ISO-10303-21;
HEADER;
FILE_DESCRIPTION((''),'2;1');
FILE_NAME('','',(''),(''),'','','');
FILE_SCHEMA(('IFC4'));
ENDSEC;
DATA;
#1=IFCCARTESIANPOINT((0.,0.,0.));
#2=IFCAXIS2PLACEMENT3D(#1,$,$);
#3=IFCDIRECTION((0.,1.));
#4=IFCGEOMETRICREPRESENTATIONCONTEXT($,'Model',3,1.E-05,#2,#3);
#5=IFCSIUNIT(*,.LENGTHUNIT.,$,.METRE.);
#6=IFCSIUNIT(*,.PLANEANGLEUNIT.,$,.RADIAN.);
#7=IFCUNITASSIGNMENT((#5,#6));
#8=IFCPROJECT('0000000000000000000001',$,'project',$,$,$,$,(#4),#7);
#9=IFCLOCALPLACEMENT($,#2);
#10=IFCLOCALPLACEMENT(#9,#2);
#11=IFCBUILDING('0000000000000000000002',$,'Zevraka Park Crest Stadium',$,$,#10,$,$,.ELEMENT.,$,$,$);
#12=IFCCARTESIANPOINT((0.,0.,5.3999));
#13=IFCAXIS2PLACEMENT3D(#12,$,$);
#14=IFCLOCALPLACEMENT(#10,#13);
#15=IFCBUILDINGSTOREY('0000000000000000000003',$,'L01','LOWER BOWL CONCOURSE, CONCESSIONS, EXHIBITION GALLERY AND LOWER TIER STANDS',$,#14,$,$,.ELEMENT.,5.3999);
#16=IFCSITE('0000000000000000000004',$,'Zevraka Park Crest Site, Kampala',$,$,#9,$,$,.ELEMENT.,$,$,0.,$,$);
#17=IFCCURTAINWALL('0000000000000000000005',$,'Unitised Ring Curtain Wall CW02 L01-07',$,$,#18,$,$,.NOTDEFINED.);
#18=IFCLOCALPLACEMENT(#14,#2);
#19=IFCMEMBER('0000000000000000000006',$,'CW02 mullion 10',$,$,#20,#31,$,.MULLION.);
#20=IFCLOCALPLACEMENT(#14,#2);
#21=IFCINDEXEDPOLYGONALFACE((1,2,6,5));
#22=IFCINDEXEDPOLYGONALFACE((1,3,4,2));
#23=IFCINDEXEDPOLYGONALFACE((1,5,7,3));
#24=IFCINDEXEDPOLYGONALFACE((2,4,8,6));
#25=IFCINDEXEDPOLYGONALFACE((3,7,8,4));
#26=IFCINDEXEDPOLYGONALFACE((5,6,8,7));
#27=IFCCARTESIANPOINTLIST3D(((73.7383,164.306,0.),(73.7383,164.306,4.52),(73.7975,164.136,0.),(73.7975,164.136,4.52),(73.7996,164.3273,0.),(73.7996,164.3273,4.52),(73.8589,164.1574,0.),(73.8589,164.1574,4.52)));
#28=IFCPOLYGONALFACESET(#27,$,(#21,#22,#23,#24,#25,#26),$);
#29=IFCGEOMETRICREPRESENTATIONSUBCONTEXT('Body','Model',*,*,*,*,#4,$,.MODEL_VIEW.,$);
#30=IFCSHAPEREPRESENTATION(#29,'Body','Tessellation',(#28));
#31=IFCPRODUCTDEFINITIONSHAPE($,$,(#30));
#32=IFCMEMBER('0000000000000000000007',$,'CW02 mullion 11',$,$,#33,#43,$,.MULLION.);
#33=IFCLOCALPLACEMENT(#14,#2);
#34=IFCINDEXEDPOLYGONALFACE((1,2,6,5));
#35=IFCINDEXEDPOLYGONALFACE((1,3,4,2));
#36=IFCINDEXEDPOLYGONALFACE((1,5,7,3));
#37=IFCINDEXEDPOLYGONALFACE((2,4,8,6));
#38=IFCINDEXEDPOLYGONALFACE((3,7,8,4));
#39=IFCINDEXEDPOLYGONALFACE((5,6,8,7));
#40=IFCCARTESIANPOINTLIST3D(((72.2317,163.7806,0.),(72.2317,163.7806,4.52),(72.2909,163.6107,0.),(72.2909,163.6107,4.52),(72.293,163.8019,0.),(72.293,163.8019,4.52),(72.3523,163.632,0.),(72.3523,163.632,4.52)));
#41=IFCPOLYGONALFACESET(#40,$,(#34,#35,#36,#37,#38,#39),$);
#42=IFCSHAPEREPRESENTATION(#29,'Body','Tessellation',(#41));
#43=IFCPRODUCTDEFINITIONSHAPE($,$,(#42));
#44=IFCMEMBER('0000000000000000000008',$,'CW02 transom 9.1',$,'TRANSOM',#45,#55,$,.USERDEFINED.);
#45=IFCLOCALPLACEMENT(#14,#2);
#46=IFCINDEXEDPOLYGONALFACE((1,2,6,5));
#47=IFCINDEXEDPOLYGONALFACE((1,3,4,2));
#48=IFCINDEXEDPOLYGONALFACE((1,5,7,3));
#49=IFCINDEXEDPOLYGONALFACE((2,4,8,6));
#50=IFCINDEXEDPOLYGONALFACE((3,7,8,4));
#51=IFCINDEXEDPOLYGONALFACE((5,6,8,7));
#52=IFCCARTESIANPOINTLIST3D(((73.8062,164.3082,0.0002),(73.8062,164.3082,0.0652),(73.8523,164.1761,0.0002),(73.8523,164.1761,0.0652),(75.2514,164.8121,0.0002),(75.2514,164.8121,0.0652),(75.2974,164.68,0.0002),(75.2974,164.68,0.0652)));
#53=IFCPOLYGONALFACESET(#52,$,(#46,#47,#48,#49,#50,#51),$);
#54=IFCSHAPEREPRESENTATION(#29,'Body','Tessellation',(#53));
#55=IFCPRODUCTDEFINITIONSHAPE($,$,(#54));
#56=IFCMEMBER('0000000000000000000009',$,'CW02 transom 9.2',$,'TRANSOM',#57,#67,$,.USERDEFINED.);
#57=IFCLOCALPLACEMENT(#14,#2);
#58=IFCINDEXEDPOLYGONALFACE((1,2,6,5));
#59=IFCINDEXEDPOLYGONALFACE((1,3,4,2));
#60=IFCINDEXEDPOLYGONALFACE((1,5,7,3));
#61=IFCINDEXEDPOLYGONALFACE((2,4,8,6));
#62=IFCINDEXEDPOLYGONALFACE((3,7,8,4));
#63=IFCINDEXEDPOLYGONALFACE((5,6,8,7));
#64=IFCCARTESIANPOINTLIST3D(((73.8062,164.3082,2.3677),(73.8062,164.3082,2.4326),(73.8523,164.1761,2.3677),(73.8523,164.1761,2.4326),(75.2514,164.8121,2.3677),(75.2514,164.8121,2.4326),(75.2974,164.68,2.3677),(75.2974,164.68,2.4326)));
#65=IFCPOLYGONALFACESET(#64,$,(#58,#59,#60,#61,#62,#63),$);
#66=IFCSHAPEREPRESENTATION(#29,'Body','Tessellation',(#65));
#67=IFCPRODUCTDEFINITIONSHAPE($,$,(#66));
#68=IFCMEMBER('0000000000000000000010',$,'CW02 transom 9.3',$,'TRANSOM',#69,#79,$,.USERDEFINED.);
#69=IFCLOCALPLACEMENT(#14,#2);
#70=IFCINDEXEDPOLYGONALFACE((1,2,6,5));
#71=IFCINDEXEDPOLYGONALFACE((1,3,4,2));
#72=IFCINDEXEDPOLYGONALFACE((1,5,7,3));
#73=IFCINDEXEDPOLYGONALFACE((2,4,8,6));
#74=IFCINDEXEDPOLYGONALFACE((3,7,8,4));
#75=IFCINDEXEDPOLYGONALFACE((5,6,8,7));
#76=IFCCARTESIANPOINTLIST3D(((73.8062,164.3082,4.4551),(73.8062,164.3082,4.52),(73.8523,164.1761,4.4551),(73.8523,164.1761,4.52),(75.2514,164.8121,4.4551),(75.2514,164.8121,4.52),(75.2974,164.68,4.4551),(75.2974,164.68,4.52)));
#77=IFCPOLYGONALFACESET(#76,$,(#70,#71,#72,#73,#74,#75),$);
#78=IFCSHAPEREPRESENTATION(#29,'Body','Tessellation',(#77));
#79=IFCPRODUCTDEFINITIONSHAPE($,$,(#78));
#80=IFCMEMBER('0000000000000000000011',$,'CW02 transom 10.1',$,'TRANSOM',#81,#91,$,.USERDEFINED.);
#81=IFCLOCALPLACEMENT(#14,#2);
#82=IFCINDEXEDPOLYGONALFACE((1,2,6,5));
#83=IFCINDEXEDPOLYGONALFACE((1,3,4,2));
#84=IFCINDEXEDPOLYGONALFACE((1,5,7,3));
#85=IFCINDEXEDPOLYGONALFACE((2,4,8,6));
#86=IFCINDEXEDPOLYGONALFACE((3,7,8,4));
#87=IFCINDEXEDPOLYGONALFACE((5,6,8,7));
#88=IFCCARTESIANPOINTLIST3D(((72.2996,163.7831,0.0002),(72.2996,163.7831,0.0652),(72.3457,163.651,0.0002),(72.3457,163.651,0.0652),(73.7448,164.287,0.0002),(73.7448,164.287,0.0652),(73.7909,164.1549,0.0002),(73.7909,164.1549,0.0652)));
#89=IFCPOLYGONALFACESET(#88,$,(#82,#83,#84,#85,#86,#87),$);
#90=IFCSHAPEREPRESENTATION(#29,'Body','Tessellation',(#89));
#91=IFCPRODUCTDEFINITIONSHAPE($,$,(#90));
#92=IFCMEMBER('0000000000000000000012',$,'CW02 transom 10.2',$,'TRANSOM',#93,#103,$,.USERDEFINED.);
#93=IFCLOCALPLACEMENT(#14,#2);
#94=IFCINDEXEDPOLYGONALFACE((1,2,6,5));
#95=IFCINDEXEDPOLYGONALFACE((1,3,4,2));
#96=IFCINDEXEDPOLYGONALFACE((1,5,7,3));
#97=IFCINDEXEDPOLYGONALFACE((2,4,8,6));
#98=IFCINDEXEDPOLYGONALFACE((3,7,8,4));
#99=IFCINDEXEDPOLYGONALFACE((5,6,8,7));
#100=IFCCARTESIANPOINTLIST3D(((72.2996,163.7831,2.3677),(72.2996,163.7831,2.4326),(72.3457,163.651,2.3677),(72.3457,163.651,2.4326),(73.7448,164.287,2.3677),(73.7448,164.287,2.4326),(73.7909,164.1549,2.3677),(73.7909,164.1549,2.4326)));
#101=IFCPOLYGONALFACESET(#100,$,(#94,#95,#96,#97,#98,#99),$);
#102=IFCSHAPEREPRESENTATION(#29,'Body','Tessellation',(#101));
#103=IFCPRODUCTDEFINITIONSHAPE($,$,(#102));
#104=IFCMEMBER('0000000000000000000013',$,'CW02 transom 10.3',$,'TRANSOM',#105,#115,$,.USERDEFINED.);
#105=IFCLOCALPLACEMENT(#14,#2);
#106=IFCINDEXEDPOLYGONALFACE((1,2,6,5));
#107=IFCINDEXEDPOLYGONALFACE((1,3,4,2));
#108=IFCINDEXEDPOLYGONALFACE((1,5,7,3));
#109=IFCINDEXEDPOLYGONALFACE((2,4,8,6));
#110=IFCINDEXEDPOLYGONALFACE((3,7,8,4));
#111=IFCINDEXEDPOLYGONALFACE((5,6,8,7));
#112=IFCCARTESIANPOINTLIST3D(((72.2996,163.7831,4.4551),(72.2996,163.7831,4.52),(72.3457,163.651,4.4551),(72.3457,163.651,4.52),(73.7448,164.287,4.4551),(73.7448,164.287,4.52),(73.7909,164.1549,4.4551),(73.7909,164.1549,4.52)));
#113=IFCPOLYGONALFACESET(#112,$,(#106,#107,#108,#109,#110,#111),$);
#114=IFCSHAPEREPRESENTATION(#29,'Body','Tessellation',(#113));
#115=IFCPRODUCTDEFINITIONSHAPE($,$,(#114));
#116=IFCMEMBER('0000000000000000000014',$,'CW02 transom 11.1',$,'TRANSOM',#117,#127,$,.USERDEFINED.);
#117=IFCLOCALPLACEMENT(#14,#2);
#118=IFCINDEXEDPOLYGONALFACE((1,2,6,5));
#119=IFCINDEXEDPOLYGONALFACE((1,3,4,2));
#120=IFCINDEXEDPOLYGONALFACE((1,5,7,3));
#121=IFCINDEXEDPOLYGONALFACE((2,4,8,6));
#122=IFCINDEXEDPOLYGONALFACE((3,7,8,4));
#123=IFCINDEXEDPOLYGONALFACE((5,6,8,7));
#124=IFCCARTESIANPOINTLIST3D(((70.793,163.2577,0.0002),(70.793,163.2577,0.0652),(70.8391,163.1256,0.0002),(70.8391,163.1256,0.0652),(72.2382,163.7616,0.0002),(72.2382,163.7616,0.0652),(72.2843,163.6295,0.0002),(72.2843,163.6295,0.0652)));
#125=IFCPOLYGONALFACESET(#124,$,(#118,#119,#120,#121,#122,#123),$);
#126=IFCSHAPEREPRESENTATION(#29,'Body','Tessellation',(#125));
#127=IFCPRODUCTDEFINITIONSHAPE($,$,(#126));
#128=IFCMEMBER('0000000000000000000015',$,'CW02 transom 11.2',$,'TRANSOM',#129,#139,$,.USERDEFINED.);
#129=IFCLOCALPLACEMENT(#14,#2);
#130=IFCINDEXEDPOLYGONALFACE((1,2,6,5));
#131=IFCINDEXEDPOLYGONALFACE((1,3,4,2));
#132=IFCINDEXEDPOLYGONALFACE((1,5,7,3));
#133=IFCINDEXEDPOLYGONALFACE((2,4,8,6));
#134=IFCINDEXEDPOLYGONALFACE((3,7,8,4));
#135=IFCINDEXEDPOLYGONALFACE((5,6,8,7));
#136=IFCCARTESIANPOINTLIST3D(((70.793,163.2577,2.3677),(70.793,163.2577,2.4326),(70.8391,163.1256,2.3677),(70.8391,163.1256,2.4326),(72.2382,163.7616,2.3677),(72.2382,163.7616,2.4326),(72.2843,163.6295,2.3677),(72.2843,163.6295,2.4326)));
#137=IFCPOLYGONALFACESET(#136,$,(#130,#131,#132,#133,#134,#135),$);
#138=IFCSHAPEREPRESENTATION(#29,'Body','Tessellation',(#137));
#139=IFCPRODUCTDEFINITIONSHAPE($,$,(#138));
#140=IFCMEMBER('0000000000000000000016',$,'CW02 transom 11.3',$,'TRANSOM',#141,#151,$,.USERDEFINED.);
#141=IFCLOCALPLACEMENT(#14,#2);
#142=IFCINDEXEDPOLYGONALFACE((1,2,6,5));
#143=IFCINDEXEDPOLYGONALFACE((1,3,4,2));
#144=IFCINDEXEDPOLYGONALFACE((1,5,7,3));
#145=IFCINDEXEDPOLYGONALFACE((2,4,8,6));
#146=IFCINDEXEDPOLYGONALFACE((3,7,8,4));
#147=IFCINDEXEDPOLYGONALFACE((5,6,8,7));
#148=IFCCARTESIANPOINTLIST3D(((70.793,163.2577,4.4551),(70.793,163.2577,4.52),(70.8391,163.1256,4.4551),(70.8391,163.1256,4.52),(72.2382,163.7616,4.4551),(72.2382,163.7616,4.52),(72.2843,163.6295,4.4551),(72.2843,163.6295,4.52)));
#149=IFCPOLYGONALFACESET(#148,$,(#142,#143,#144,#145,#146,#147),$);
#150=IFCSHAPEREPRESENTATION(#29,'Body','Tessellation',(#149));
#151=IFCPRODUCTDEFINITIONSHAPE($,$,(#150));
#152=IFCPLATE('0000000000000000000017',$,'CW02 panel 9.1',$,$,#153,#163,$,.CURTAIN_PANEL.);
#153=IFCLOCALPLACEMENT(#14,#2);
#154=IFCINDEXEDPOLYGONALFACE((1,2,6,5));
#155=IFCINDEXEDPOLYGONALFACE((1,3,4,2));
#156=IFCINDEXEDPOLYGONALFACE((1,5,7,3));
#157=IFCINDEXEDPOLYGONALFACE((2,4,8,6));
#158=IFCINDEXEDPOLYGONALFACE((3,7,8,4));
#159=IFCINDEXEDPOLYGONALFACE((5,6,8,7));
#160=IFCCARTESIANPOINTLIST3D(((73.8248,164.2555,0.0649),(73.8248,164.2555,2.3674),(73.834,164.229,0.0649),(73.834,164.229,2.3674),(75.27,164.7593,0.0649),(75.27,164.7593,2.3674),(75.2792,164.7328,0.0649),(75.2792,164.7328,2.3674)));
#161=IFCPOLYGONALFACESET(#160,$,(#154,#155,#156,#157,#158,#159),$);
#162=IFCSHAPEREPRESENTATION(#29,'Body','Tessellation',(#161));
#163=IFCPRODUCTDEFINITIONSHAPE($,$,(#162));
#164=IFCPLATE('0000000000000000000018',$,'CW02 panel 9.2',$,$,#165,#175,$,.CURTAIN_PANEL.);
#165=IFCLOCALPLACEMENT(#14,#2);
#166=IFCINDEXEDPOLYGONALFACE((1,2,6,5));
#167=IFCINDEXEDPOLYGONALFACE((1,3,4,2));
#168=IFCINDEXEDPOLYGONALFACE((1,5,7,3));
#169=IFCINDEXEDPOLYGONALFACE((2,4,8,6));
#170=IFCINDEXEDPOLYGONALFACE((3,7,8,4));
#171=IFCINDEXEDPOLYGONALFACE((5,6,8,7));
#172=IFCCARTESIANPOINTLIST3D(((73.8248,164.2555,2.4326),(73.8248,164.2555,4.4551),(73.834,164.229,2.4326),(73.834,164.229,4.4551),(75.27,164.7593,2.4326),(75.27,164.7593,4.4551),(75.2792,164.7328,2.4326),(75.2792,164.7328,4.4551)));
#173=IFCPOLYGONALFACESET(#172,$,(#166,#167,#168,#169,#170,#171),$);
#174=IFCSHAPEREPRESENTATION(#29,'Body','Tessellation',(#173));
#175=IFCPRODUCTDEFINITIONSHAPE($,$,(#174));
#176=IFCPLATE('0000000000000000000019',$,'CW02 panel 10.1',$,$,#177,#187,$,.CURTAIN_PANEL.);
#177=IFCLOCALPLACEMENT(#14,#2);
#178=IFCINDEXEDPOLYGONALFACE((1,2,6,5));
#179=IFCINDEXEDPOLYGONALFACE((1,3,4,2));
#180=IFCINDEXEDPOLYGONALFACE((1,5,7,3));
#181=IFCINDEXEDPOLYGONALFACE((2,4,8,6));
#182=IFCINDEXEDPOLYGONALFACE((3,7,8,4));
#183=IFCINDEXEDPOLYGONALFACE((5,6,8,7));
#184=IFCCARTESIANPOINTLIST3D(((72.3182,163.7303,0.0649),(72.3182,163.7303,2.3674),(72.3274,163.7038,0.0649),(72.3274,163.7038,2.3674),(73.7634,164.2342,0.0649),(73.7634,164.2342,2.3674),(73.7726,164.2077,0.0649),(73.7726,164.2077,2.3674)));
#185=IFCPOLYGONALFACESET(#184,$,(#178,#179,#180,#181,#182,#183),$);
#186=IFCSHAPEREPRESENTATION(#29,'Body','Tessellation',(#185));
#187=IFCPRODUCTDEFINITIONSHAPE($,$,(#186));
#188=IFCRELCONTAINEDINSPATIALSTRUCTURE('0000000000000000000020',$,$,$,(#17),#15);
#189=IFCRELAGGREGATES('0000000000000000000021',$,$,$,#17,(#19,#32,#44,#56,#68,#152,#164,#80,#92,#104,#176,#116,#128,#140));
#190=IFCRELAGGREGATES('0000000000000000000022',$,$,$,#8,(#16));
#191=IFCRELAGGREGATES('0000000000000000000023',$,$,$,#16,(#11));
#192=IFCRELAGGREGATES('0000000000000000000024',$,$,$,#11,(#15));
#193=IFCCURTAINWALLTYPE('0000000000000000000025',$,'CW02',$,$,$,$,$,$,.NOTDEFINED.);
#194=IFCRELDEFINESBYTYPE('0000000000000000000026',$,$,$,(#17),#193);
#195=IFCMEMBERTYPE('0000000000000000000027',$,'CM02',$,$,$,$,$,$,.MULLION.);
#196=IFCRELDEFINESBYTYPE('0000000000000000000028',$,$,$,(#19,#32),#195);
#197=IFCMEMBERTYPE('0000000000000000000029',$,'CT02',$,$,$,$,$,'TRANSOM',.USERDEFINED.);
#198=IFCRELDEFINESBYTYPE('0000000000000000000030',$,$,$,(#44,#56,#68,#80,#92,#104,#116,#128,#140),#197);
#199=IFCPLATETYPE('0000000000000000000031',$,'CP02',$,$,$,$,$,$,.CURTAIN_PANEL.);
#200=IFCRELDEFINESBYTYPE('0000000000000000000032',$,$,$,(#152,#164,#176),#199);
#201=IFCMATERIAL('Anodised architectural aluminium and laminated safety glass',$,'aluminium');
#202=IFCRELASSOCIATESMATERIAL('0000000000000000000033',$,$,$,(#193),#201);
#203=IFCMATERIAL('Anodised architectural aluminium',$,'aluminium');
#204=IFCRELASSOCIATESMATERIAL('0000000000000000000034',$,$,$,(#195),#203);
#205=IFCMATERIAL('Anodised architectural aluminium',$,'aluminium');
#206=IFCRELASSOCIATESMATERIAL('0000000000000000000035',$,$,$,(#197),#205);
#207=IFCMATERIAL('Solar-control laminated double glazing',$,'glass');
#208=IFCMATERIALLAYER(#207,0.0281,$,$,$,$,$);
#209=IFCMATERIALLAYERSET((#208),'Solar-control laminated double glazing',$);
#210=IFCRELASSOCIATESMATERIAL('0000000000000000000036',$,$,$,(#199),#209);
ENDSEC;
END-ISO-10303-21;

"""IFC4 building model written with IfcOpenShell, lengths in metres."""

from ifc_helpers import new_model, si_unit, direction, frame, origin, origin_2d, place, context, subcontext, project, spatial, rectangle, extrude, material, layer, layer_set, material_profile, profile_set, type_object, element, aggregate, save


model = new_model("IFC4")

# Units and contexts
model_context = context("Model", 3, precision=1e-05, world=origin(), true_north=direction((0.0, 1.0)))
body_context = subcontext(model_context, "Body", "Model", "MODEL_VIEW")
ifc_project = project(units=[si_unit("LENGTHUNIT", "METRE"), si_unit("PLANEANGLEUNIT", "RADIAN")], contexts=[model_context])

# Site, building, storey
site_placement = place(None, origin())
site = spatial("IfcSite", under=ifc_project, at=site_placement, Name="Zevraka Park Crest Site, Kampala", CompositionType="ELEMENT", RefElevation=0.0)
building_placement = place(site_placement, origin())
building = spatial("IfcBuilding", under=site, at=building_placement, Name="Zevraka Park Crest Stadium", CompositionType="ELEMENT")
storey_placement = place(building_placement, frame((0.0, 0.0, 5.3999)))
storey = spatial("IfcBuildingStorey", under=building, at=storey_placement, Name="L01", Description="LOWER BOWL CONCOURSE, CONCESSIONS, EXHIBITION GALLERY AND LOWER TIER STANDS", CompositionType="ELEMENT", Elevation=5.3999)

# Curtain wall, members, plates
ifc_material_1 = material(Name="Anodised architectural aluminium and laminated safety glass", Category="aluminium")
curtain_wall_type = type_object("IfcCurtainWallType", Name="CW02", PredefinedType="NOTDEFINED", material=ifc_material_1)
curtain_wall_placement = place(storey_placement, origin())
curtain_wall = element("IfcCurtainWall", 1, at=curtain_wall_placement, inside=storey, type_object=curtain_wall_type, Name="Unitised Ring Curtain Wall CW02 L01-07", PredefinedType="NOTDEFINED")
ifc_material_2 = material(Name="Anodised architectural aluminium", Category="aluminium")
ifc_material_profile_1 = material_profile(ifc_material_2, rectangle(XDim=0.1799, YDim=0.0649, at=origin_2d()), Name="ALU MULLION 180x65")
ifc_profile_set_1 = profile_set([ifc_material_profile_1], Name="Anodised architectural aluminium")
member_type_1 = type_object("IfcMemberType", Name="CM02", PredefinedType="MULLION", material=ifc_profile_set_1)
member_1_placement = place(storey_placement, frame((73.7986, 164.2317, 0.0), z_axis=(0.0, 0.0, 1.0), x_axis=(0.329209, -0.944257, 0.0)))
member_1 = element("IfcMember", 2, at=member_1_placement, type_object=member_type_1, Name="CW02 mullion 10", PredefinedType="MULLION", context=body_context, shape_type="SweptSolid", body=[
    extrude(rectangle(XDim=0.1799, YDim=0.0649, at=origin_2d()), origin(), (0.0, 0.0, 1.0), 4.52),
])
member_2_placement = place(storey_placement, frame((72.292, 163.7063, 0.0), z_axis=(0.0, 0.0, 1.0), x_axis=(0.329209, -0.944257, 0.0)))
member_2 = element("IfcMember", 3, at=member_2_placement, type_object=member_type_1, Name="CW02 mullion 11", PredefinedType="MULLION", context=body_context, shape_type="SweptSolid", body=[
    extrude(rectangle(XDim=0.1799, YDim=0.0649, at=origin_2d()), origin(), (0.0, 0.0, 1.0), 4.52),
])
ifc_material_3 = material(Name="Anodised architectural aluminium", Category="aluminium")
ifc_material_profile_2 = material_profile(ifc_material_3, rectangle(XDim=0.1399, YDim=0.0649, at=origin_2d()), Name="ALU TRANSOM 140x65")
ifc_profile_set_2 = profile_set([ifc_material_profile_2], Name="Anodised architectural aluminium")
member_type_2 = type_object("IfcMemberType", Name="CT02", ElementType="TRANSOM", PredefinedType="USERDEFINED", material=ifc_profile_set_2)
member_3_placement = place(storey_placement, frame((75.2744, 164.7461, 0.0327), z_axis=(-0.944238, -0.329263, 0.0), x_axis=(0.329263, -0.944238, 0.0)))
member_3 = element("IfcMember", 4, at=member_3_placement, type_object=member_type_2, Name="CW02 transom 9.1", ObjectType="TRANSOM", PredefinedType="USERDEFINED", context=body_context, shape_type="SweptSolid", body=[
    extrude(rectangle(XDim=0.1399, YDim=0.0649, at=origin_2d()), origin(), (0.0, 0.0, 1.0), 1.5305),
])
member_4_placement = place(storey_placement, frame((75.2744, 164.7461, 2.4001), z_axis=(-0.944238, -0.329263, 0.0), x_axis=(0.329263, -0.944238, 0.0)))
member_4 = element("IfcMember", 5, at=member_4_placement, type_object=member_type_2, Name="CW02 transom 9.2", ObjectType="TRANSOM", PredefinedType="USERDEFINED", context=body_context, shape_type="SweptSolid", body=[
    extrude(rectangle(XDim=0.1399, YDim=0.0649, at=origin_2d()), origin(), (0.0, 0.0, 1.0), 1.5305),
])
member_5_placement = place(storey_placement, frame((75.2744, 164.7461, 4.4875), z_axis=(-0.944238, -0.329263, 0.0), x_axis=(0.329263, -0.944238, 0.0)))
member_5 = element("IfcMember", 6, at=member_5_placement, type_object=member_type_2, Name="CW02 transom 9.3", ObjectType="TRANSOM", PredefinedType="USERDEFINED", context=body_context, shape_type="SweptSolid", body=[
    extrude(rectangle(XDim=0.1399, YDim=0.0649, at=origin_2d()), origin(), (0.0, 0.0, 1.0), 1.5305),
])
member_6_placement = place(storey_placement, frame((73.7678, 164.2209, 0.0327), z_axis=(-0.944238, -0.329263, 0.0), x_axis=(0.329263, -0.944238, 0.0)))
member_6 = element("IfcMember", 7, at=member_6_placement, type_object=member_type_2, Name="CW02 transom 10.1", ObjectType="TRANSOM", PredefinedType="USERDEFINED", context=body_context, shape_type="SweptSolid", body=[
    extrude(rectangle(XDim=0.1399, YDim=0.0649, at=origin_2d()), origin(), (0.0, 0.0, 1.0), 1.5305),
])
member_7_placement = place(storey_placement, frame((73.7678, 164.2209, 2.4001), z_axis=(-0.944238, -0.329263, 0.0), x_axis=(0.329263, -0.944238, 0.0)))
member_7 = element("IfcMember", 8, at=member_7_placement, type_object=member_type_2, Name="CW02 transom 10.2", ObjectType="TRANSOM", PredefinedType="USERDEFINED", context=body_context, shape_type="SweptSolid", body=[
    extrude(rectangle(XDim=0.1399, YDim=0.0649, at=origin_2d()), origin(), (0.0, 0.0, 1.0), 1.5305),
])
member_8_placement = place(storey_placement, frame((73.7678, 164.2209, 4.4875), z_axis=(-0.944238, -0.329263, 0.0), x_axis=(0.329263, -0.944238, 0.0)))
member_8 = element("IfcMember", 9, at=member_8_placement, type_object=member_type_2, Name="CW02 transom 10.3", ObjectType="TRANSOM", PredefinedType="USERDEFINED", context=body_context, shape_type="SweptSolid", body=[
    extrude(rectangle(XDim=0.1399, YDim=0.0649, at=origin_2d()), origin(), (0.0, 0.0, 1.0), 1.5305),
])
member_9_placement = place(storey_placement, frame((72.2612, 163.6956, 0.0327), z_axis=(-0.944238, -0.329263, 0.0), x_axis=(0.329263, -0.944238, 0.0)))
member_9 = element("IfcMember", 10, at=member_9_placement, type_object=member_type_2, Name="CW02 transom 11.1", ObjectType="TRANSOM", PredefinedType="USERDEFINED", context=body_context, shape_type="SweptSolid", body=[
    extrude(rectangle(XDim=0.1399, YDim=0.0649, at=origin_2d()), origin(), (0.0, 0.0, 1.0), 1.5305),
])
member_10_placement = place(storey_placement, frame((72.2612, 163.6956, 2.4001), z_axis=(-0.944238, -0.329263, 0.0), x_axis=(0.329263, -0.944238, 0.0)))
member_10 = element("IfcMember", 11, at=member_10_placement, type_object=member_type_2, Name="CW02 transom 11.2", ObjectType="TRANSOM", PredefinedType="USERDEFINED", context=body_context, shape_type="SweptSolid", body=[
    extrude(rectangle(XDim=0.1399, YDim=0.0649, at=origin_2d()), origin(), (0.0, 0.0, 1.0), 1.5305),
])
member_11_placement = place(storey_placement, frame((72.2612, 163.6956, 4.4875), z_axis=(-0.944238, -0.329263, 0.0), x_axis=(0.329263, -0.944238, 0.0)))
member_11 = element("IfcMember", 12, at=member_11_placement, type_object=member_type_2, Name="CW02 transom 11.3", ObjectType="TRANSOM", PredefinedType="USERDEFINED", context=body_context, shape_type="SweptSolid", body=[
    extrude(rectangle(XDim=0.1399, YDim=0.0649, at=origin_2d()), origin(), (0.0, 0.0, 1.0), 1.5305),
])
ifc_material_4 = material(Name="Solar-control laminated double glazing", Category="glass")
ifc_layer_1 = layer(ifc_material_4, 0.0281)
ifc_layer_set_1 = layer_set([ifc_layer_1], Name="Solar-control laminated double glazing")
plate_type = type_object("IfcPlateType", Name="CP02", PredefinedType="CURTAIN_PANEL", material=ifc_layer_set_1)
plate_1_placement = place(storey_placement, frame((74.552, 164.4941, 0.0649), z_axis=(0.0, 0.0, 1.0), x_axis=(-0.944257, -0.329209, 0.0)))
plate_1 = element("IfcPlate", 13, at=plate_1_placement, type_object=plate_type, Name="CW02 panel 9.1", PredefinedType="CURTAIN_PANEL", context=body_context, shape_type="SweptSolid", body=[
    extrude(rectangle(XDim=1.5305, YDim=0.0281, at=origin_2d()), origin(), (0.0, 0.0, 1.0), 2.3025),
])
plate_2_placement = place(storey_placement, frame((74.552, 164.4941, 2.4326), z_axis=(0.0, 0.0, 1.0), x_axis=(-0.944257, -0.329209, 0.0)))
plate_2 = element("IfcPlate", 14, at=plate_2_placement, type_object=plate_type, Name="CW02 panel 9.2", PredefinedType="CURTAIN_PANEL", context=body_context, shape_type="SweptSolid", body=[
    extrude(rectangle(XDim=1.5305, YDim=0.0281, at=origin_2d()), origin(), (0.0, 0.0, 1.0), 2.0225),
])
plate_3_placement = place(storey_placement, frame((73.0454, 163.969, 0.0649), z_axis=(0.0, 0.0, 1.0), x_axis=(-0.944257, -0.329209, 0.0)))
plate_3 = element("IfcPlate", 15, at=plate_3_placement, type_object=plate_type, Name="CW02 panel 10.1", PredefinedType="CURTAIN_PANEL", context=body_context, shape_type="SweptSolid", body=[
    extrude(rectangle(XDim=1.5305, YDim=0.0281, at=origin_2d()), origin(), (0.0, 0.0, 1.0), 2.3025),
])
aggregate(curtain_wall, [member_1, member_2, member_3, member_4, member_5, plate_1, plate_2, member_6, member_7, member_8, plate_3, member_9, member_10, member_11])

save(model, "model.ifc")
